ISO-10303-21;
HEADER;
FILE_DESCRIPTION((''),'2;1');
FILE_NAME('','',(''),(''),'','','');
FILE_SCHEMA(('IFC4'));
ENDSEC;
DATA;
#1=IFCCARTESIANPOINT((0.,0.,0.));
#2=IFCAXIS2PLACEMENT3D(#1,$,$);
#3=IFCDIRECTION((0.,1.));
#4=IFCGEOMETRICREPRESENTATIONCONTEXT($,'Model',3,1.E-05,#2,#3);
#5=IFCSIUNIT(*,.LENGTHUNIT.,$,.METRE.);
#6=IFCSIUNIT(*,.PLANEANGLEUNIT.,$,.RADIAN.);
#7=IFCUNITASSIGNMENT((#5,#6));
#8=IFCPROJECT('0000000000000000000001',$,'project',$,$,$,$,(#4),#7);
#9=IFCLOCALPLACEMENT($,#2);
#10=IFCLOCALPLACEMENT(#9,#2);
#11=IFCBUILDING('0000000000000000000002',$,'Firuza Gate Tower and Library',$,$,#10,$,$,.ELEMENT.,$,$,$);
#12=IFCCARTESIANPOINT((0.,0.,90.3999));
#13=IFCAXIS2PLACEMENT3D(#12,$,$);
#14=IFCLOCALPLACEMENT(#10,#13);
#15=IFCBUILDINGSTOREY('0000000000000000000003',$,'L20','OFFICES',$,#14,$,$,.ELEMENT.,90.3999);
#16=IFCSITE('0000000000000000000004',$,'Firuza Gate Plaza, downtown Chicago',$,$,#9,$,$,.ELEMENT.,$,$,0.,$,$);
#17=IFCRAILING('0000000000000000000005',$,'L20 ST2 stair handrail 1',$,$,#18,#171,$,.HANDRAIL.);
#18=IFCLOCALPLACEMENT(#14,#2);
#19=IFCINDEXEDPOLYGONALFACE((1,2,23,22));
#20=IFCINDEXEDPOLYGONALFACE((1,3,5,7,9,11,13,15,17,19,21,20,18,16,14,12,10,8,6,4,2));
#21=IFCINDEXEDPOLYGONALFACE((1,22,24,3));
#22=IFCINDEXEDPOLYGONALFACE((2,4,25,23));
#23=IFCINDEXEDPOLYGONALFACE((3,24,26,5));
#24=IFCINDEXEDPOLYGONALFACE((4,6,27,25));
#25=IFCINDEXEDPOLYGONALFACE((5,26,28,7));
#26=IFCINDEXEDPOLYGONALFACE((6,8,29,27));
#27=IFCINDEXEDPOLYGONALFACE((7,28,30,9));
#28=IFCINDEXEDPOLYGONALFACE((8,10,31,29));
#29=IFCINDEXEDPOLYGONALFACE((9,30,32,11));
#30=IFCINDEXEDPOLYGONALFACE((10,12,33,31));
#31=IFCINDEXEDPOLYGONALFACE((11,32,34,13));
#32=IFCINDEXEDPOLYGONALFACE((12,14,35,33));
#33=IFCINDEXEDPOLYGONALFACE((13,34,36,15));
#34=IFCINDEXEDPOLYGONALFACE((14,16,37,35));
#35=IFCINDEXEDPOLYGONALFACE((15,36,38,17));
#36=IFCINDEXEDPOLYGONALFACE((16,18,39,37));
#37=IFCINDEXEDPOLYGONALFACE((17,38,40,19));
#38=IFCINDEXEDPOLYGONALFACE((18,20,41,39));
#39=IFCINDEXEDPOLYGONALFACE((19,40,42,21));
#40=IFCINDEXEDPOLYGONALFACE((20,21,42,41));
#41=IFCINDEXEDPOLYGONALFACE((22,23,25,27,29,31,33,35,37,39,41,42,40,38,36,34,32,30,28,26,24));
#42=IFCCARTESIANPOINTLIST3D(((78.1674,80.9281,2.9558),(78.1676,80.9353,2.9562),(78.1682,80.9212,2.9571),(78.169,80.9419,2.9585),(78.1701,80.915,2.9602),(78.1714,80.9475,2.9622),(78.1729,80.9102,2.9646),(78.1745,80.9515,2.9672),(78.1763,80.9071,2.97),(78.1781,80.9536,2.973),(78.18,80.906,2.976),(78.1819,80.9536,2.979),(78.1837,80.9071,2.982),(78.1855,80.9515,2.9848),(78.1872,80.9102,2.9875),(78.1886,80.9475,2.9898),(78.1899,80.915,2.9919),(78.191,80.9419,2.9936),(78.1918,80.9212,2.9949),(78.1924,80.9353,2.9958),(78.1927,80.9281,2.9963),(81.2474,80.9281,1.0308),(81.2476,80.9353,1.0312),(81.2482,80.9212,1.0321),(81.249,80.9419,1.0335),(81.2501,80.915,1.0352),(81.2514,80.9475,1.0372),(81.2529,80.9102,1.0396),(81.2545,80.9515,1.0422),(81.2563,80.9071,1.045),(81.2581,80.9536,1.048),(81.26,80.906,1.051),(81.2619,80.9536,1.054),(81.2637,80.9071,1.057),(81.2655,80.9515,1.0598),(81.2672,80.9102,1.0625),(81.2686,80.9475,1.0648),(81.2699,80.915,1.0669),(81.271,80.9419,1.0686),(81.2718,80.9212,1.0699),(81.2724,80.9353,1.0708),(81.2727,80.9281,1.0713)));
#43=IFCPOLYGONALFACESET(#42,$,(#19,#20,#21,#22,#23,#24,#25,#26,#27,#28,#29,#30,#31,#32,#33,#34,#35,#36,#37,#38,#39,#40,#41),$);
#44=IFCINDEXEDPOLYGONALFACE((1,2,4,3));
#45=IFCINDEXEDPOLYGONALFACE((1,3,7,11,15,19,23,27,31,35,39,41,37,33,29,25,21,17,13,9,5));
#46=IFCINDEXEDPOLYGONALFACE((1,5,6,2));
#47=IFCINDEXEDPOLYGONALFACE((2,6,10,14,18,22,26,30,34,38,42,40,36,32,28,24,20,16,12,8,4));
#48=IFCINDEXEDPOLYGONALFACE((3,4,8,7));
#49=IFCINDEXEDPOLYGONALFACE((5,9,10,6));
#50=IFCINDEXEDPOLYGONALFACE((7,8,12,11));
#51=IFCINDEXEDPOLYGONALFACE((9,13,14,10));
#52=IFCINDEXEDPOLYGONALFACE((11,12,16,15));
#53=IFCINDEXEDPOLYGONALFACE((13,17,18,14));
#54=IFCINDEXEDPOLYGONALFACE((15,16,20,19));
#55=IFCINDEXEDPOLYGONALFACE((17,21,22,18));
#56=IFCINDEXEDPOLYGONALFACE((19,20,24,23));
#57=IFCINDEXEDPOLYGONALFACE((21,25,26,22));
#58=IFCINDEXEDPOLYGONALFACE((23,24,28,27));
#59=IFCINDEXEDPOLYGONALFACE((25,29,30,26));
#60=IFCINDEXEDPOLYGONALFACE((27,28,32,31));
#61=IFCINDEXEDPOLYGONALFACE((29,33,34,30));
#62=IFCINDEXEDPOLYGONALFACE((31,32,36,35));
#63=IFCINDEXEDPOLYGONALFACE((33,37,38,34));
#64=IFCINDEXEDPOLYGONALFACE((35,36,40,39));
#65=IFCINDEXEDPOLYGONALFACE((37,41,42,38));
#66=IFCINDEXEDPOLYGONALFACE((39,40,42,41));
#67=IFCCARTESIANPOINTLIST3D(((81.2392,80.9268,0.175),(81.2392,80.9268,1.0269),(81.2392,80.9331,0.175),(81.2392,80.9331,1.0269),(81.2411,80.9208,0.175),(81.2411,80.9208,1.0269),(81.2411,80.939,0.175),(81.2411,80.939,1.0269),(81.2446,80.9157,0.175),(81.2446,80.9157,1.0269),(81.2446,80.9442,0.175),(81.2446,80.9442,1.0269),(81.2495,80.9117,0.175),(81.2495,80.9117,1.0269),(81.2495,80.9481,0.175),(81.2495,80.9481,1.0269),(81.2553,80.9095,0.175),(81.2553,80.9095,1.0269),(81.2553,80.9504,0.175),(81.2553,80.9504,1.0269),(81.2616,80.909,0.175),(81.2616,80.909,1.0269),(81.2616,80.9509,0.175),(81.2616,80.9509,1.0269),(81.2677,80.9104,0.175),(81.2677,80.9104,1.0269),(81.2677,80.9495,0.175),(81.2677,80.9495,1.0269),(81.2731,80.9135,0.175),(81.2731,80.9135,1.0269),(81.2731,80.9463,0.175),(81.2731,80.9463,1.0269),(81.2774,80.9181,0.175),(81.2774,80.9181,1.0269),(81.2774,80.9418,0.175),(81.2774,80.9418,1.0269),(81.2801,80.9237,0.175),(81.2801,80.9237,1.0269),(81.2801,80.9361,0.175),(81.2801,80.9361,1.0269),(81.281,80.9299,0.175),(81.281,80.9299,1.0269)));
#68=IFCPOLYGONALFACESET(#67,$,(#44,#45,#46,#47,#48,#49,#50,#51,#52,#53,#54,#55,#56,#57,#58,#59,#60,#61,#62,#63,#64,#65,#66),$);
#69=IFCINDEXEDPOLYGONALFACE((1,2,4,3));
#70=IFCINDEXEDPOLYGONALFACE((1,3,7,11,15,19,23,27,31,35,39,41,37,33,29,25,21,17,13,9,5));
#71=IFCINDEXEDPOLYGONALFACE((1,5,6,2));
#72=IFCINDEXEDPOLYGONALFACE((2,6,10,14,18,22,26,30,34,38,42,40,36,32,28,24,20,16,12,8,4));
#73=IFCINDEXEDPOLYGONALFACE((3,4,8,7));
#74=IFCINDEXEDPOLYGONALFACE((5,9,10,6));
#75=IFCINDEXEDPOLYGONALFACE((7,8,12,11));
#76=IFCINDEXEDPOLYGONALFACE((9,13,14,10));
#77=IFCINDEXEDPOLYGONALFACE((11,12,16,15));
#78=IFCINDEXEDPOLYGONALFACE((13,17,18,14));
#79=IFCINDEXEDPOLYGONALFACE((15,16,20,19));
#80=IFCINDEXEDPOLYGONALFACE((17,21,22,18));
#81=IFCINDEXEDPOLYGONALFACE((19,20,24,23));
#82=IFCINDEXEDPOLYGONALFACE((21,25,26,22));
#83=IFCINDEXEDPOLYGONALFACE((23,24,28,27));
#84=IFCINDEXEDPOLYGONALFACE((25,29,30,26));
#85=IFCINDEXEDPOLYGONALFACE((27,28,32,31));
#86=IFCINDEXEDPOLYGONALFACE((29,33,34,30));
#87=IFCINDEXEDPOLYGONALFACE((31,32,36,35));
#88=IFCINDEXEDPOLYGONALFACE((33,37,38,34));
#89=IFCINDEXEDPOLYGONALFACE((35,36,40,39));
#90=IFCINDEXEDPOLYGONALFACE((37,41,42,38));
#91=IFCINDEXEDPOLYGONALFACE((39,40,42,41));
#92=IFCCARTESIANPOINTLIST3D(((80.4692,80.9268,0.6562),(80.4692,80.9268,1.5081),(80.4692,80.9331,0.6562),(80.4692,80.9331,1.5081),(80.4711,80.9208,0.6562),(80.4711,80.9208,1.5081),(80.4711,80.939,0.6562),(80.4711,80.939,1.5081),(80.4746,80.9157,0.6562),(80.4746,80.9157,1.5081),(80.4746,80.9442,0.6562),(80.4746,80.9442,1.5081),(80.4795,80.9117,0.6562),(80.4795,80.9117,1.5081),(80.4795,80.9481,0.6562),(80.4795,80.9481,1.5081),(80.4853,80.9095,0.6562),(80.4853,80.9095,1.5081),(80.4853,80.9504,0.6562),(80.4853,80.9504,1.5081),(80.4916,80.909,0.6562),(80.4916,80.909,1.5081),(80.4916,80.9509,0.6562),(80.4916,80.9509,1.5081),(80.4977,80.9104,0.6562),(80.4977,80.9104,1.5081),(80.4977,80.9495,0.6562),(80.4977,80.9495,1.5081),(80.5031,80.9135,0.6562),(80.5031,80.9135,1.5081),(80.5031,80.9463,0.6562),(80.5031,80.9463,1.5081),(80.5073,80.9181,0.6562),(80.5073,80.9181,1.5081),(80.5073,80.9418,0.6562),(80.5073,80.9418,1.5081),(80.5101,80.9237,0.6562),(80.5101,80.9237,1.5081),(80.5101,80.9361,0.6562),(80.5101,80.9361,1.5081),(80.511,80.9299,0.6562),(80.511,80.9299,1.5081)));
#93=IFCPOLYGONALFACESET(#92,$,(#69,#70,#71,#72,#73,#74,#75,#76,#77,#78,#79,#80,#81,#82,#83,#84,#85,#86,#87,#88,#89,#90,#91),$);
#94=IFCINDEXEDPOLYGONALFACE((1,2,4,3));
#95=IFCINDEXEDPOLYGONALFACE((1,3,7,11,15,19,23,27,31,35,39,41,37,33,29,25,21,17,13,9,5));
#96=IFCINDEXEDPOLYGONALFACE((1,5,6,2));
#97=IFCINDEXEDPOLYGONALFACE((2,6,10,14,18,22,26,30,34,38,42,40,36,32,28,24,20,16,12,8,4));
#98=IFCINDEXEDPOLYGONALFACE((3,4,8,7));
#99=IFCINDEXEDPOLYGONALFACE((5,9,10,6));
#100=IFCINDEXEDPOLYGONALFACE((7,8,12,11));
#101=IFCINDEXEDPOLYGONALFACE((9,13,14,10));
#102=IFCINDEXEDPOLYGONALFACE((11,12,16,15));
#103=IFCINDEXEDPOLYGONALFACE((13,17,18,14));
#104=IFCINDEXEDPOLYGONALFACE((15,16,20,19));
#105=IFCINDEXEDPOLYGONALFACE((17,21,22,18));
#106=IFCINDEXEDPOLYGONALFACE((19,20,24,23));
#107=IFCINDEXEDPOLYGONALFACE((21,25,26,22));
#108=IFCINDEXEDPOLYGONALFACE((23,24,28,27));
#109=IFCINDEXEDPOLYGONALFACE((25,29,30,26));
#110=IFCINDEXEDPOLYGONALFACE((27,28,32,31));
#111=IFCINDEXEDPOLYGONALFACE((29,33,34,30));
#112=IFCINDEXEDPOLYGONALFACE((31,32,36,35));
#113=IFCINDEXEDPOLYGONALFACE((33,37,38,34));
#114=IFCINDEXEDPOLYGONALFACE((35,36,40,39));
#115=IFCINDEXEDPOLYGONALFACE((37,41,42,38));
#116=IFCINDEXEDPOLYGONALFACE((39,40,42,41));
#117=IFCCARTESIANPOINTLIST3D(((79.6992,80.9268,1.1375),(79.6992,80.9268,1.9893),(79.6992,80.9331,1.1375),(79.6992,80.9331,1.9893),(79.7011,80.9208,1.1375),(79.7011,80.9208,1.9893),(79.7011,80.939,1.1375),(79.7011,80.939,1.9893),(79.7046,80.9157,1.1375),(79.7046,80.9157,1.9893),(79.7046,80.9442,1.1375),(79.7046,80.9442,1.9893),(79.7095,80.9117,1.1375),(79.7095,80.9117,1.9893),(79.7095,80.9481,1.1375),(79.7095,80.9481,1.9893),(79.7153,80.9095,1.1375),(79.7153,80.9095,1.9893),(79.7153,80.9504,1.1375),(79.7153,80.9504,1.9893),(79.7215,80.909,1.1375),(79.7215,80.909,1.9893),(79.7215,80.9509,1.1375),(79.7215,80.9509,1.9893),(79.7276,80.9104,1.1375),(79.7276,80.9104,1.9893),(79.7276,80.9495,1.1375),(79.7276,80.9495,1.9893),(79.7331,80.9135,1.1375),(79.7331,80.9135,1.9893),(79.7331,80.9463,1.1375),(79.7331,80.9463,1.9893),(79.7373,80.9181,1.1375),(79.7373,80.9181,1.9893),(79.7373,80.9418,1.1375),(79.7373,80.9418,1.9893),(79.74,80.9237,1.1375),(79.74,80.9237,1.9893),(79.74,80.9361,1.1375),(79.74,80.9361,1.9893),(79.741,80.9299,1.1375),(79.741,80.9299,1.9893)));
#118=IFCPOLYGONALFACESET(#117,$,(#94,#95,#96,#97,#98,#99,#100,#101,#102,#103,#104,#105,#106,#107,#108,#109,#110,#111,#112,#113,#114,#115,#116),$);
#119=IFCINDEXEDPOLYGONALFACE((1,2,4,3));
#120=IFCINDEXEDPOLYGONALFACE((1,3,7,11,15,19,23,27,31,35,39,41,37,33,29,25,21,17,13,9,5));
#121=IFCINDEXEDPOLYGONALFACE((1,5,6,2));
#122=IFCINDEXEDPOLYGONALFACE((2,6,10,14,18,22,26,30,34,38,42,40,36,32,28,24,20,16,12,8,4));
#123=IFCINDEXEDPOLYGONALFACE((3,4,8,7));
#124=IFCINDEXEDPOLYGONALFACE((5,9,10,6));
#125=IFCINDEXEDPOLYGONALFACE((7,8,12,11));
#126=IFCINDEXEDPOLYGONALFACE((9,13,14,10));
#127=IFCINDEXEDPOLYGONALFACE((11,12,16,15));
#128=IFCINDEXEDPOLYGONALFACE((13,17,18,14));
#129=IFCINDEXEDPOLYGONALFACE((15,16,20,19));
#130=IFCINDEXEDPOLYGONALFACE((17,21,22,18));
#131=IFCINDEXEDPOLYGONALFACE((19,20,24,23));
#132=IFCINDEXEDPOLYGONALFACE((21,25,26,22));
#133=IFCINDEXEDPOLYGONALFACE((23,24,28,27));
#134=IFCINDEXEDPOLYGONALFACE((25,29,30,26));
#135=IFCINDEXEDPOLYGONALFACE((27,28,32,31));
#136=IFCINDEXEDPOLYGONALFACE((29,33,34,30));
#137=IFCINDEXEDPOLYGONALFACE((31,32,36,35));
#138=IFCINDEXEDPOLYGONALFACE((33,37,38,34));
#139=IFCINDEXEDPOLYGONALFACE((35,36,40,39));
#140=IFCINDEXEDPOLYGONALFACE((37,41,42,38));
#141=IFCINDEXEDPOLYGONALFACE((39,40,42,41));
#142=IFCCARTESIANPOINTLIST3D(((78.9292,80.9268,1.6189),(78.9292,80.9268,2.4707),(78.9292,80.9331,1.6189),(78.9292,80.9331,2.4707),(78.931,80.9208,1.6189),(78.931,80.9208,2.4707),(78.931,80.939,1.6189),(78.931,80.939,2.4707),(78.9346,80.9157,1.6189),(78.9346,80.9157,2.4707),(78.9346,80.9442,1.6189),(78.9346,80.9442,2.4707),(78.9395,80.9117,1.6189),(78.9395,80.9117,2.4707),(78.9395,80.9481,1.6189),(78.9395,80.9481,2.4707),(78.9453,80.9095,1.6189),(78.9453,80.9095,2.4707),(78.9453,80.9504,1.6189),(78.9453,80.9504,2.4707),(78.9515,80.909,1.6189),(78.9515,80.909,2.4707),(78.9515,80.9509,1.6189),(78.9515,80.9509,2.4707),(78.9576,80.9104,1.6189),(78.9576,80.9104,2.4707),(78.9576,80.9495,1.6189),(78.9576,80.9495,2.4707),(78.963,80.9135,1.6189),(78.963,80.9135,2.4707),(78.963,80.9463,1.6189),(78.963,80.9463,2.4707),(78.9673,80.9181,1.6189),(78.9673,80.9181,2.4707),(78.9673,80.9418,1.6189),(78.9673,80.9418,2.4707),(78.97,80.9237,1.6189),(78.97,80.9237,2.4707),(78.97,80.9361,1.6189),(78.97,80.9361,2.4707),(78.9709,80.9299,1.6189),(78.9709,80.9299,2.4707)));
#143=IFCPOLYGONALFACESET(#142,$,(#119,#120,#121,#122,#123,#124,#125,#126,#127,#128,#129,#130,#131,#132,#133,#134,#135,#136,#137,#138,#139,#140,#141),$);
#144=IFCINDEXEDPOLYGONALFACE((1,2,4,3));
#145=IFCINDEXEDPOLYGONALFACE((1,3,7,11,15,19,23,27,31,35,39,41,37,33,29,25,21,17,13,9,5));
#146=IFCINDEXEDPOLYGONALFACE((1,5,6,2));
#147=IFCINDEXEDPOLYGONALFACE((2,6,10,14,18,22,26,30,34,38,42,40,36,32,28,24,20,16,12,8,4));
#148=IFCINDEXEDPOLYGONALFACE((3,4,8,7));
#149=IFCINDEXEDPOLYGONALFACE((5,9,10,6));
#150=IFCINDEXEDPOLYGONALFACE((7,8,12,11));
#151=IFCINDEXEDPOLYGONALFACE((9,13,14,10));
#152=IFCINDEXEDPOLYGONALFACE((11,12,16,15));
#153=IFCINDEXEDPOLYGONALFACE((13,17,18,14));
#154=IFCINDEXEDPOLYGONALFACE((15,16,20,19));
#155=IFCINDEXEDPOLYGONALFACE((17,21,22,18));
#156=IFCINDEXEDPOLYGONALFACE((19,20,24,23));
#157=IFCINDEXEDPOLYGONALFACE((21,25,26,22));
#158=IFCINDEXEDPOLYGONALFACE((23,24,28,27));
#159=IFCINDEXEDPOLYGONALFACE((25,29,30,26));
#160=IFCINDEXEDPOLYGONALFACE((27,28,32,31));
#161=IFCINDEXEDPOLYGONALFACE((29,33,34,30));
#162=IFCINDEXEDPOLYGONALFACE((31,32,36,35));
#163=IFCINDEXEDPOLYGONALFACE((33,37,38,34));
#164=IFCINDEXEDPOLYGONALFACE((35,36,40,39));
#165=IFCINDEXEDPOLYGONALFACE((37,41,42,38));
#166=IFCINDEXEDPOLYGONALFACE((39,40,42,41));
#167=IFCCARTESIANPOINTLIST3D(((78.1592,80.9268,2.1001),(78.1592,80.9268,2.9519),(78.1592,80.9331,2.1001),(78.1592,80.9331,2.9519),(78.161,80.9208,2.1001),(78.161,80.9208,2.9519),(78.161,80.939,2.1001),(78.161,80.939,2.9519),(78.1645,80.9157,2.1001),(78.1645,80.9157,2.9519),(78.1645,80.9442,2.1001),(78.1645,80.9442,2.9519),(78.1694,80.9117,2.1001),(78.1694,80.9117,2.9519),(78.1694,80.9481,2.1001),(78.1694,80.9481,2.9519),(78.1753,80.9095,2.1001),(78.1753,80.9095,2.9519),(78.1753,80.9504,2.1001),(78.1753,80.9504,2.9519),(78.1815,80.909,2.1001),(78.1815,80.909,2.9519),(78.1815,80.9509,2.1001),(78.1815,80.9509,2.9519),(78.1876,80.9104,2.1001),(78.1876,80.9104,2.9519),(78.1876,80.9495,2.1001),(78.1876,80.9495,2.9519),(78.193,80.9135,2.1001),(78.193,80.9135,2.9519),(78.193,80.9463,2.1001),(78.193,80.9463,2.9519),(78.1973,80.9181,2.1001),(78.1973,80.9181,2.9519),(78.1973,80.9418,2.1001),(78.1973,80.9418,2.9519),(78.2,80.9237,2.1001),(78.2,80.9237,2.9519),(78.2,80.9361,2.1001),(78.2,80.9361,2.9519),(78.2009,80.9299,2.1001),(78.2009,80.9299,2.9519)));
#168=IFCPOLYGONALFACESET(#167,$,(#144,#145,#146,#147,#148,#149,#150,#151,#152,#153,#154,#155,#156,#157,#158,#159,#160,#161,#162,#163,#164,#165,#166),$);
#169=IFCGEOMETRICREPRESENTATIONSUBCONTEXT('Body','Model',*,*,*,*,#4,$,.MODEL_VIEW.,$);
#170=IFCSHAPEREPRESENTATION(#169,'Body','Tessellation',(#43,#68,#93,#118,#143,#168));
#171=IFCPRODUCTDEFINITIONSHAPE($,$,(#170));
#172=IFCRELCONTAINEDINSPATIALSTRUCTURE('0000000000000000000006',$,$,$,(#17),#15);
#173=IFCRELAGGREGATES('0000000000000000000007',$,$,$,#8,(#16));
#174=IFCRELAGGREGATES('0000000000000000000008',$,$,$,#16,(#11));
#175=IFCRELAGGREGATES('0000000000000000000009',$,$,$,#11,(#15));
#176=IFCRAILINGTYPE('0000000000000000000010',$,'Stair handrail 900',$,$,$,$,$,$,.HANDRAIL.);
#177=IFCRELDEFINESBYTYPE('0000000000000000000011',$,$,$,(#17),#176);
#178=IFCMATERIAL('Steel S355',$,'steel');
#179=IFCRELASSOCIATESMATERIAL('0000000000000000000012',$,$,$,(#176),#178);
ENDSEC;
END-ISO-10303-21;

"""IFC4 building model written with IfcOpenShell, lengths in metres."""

from ifc_helpers import new_model, si_unit, direction, frame, origin, origin_2d, place, context, subcontext, project, spatial, circle, extrude, material, type_object, element, save


model = new_model("IFC4")

# Units and contexts
model_context = context("Model", 3, precision=1e-05, world=origin(), true_north=direction((0.0, 1.0)))
body_context = subcontext(model_context, "Body", "Model", "MODEL_VIEW")
ifc_project = project(units=[si_unit("LENGTHUNIT", "METRE"), si_unit("PLANEANGLEUNIT", "RADIAN")], contexts=[model_context])

# Site, building, storey
site_placement = place(None, origin())
site = spatial("IfcSite", under=ifc_project, at=site_placement, Name="Firuza Gate Plaza, downtown Chicago", CompositionType="ELEMENT", RefElevation=0.0)
building_placement = place(site_placement, origin())
building = spatial("IfcBuilding", under=site, at=building_placement, Name="Firuza Gate Tower and Library", CompositionType="ELEMENT")
storey_placement = place(building_placement, frame((0.0, 0.0, 90.3999)))
storey = spatial("IfcBuildingStorey", under=building, at=storey_placement, Name="L20", Description="OFFICES", CompositionType="ELEMENT", Elevation=90.3999)

# Railing
ifc_material_1 = material(Name="Steel S355", Category="steel")
railing_type_1 = type_object("IfcRailingType", Name="Stair handrail 900", PredefinedType="HANDRAIL", material=ifc_material_1)
railing_1_placement = place(storey_placement, frame((81.26, 80.9299, 0.175)))
element("IfcRailing", 1, at=railing_1_placement, inside=storey, type_object=railing_type_1, Name="L20 ST2 stair handrail 1", PredefinedType="HANDRAIL", context=body_context, shape_type="SweptSolid", body=[
    extrude(circle(Radius=0.0239, at=origin_2d()), frame((0.0, 0.0, 0.876), z_axis=(-0.847998, 0.0, 0.529999), x_axis=(0.0, -1.0, 0.0)), (0.0, 0.0, 1.0), 3.6321),
    extrude(circle(Radius=0.021, at=origin_2d()), origin(), (0.0, 0.0, 1.0), 0.8518),
    extrude(circle(Radius=0.021, at=origin_2d()), frame((-0.77, 0.0, 0.4812)), (0.0, 0.0, 1.0), 0.8518),
    extrude(circle(Radius=0.021, at=origin_2d()), frame((-1.54, 0.0, 0.9624)), (0.0, 0.0, 1.0), 0.8518),
    extrude(circle(Radius=0.021, at=origin_2d()), frame((-2.3101, 0.0, 1.4438)), (0.0, 0.0, 1.0), 0.8518),
    extrude(circle(Radius=0.021, at=origin_2d()), frame((-3.0801, 0.0, 1.925)), (0.0, 0.0, 1.0), 0.8518),
])

save(model, "model.ifc")
